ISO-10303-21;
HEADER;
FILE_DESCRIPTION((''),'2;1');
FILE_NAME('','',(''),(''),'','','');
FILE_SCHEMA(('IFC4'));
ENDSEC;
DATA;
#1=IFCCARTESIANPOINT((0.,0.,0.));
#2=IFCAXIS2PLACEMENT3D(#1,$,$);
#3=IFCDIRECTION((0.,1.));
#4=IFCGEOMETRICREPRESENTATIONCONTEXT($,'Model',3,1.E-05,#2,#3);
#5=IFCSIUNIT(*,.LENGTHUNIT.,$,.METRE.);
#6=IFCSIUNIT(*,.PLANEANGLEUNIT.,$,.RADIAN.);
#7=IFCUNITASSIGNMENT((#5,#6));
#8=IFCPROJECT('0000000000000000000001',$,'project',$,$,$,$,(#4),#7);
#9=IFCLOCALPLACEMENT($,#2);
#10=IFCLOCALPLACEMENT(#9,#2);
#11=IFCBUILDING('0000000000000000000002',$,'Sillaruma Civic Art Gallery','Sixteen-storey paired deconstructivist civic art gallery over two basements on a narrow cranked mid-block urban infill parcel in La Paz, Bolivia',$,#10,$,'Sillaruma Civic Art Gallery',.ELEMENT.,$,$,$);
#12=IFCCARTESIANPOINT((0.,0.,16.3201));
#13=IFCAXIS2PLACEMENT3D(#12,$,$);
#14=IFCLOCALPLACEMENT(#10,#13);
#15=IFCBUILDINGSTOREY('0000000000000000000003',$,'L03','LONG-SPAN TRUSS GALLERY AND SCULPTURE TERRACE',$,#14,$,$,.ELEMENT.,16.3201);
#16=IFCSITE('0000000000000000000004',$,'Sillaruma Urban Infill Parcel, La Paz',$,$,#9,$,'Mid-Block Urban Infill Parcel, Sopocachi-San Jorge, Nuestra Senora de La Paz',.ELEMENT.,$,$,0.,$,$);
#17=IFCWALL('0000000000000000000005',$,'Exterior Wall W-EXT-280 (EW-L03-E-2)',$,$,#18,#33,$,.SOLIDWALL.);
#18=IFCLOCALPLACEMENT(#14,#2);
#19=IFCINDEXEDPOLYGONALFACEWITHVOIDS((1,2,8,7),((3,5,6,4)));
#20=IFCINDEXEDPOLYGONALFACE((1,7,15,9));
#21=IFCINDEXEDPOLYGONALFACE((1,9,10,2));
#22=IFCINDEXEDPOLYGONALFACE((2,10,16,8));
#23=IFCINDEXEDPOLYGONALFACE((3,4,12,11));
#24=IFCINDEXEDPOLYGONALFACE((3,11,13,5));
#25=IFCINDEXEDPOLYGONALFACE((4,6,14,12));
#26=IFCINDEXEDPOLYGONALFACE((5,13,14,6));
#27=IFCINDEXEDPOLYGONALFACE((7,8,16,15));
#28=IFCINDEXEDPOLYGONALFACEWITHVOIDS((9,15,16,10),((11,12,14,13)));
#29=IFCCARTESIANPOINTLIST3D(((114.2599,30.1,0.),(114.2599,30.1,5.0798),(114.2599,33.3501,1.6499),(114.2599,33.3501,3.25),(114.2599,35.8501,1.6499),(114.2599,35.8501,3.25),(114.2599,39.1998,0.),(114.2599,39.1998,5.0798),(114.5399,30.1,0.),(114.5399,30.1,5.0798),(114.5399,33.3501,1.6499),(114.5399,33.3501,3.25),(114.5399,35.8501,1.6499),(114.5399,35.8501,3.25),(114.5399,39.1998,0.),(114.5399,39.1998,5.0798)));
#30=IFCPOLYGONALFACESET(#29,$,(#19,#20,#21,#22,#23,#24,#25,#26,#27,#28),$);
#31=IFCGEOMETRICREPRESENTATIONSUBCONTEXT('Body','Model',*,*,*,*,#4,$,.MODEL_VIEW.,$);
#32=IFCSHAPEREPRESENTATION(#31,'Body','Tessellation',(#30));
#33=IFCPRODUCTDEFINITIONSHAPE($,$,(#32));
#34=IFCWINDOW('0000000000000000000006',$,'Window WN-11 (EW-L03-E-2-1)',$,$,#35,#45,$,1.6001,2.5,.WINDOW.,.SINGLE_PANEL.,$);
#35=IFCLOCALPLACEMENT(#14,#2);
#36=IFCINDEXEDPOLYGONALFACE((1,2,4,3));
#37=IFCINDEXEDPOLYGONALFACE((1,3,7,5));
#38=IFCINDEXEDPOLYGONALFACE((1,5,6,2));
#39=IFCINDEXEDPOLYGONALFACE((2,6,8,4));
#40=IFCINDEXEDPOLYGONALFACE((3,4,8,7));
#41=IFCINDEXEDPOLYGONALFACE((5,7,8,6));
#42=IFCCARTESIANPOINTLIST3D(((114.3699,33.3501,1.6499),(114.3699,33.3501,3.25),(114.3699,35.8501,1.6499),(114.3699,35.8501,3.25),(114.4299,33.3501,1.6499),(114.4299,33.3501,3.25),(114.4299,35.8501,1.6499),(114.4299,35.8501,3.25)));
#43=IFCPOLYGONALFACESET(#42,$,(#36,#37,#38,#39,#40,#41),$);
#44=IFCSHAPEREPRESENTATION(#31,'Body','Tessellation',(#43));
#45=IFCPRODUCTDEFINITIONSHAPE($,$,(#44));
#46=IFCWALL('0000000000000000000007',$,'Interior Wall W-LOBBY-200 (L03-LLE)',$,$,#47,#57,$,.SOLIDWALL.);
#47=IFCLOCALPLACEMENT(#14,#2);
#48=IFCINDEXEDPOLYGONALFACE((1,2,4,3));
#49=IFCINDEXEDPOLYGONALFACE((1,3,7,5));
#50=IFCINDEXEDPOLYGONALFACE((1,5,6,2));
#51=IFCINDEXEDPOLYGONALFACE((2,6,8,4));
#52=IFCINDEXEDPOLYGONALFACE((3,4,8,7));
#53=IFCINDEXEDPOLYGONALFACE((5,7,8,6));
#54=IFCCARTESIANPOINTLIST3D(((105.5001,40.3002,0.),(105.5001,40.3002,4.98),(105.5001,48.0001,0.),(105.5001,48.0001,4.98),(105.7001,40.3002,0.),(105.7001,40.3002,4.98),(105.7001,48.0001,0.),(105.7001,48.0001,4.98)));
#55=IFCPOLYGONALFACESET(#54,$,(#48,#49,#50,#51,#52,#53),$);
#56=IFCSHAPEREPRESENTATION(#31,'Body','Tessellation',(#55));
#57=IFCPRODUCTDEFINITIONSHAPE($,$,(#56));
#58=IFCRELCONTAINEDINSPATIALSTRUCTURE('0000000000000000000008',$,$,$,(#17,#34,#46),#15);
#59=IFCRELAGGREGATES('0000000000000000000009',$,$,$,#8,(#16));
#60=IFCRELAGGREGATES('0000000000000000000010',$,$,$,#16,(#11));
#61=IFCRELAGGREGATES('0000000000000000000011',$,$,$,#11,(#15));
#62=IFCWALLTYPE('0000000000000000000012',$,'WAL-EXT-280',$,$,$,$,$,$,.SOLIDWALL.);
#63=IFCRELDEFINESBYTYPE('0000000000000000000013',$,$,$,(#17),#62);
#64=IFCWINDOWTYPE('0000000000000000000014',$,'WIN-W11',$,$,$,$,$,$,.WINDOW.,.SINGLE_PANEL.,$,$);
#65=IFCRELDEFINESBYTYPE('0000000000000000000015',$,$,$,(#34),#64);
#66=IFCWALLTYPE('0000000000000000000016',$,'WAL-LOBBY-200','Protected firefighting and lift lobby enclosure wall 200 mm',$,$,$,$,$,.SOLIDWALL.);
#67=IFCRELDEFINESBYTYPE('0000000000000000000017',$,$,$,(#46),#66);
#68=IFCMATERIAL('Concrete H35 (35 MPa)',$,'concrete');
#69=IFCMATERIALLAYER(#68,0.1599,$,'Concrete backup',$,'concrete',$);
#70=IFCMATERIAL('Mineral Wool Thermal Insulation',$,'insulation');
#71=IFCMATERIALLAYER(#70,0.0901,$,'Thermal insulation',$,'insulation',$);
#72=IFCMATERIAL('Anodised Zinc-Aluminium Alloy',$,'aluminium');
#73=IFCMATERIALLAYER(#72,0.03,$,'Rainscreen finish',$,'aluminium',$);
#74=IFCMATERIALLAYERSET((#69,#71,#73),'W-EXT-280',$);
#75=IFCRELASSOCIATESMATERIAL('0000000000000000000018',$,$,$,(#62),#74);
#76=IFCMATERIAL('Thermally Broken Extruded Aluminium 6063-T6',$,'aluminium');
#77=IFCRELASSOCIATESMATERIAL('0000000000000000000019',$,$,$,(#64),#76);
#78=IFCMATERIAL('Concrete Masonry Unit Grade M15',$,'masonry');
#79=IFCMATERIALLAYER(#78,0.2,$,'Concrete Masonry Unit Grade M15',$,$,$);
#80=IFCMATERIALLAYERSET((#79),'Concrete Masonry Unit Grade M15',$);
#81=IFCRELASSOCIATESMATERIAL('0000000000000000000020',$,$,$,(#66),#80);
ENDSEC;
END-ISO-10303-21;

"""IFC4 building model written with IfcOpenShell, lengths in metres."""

from ifc_helpers import new_model, si_unit, direction, frame, frame_2d, origin, place, context, subcontext, project, spatial, rectangle, extrude, material, layer, layer_set, type_object, element, fill, save


model = new_model("IFC4")

# Units and contexts
model_context = context("Model", 3, precision=1e-05, world=origin(), true_north=direction((0.0, 1.0)))
body_context = subcontext(model_context, "Body", "Model", "MODEL_VIEW")
ifc_project = project(units=[si_unit("LENGTHUNIT", "METRE"), si_unit("PLANEANGLEUNIT", "RADIAN")], contexts=[model_context])

# Site, building, storey
site_placement = place(None, origin())
site = spatial("IfcSite", under=ifc_project, at=site_placement, Name="Sillaruma Urban Infill Parcel, La Paz", LongName="Mid-Block Urban Infill Parcel, Sopocachi-San Jorge, Nuestra Senora de La Paz", CompositionType="ELEMENT", RefElevation=0.0)
building_placement = place(site_placement, origin())
building = spatial("IfcBuilding", under=site, at=building_placement, Name="Sillaruma Civic Art Gallery", Description="Sixteen-storey paired deconstructivist civic art gallery over two basements on a narrow cranked mid-block urban infill parcel in La Paz, Bolivia", LongName="Sillaruma Civic Art Gallery", CompositionType="ELEMENT")
storey_placement = place(building_placement, frame((0.0, 0.0, 16.3201)))
storey = spatial("IfcBuildingStorey", under=building, at=storey_placement, Name="L03", Description="LONG-SPAN TRUSS GALLERY AND SCULPTURE TERRACE", CompositionType="ELEMENT", Elevation=16.3201)

# Shared definitions
ifc_material_1 = material(Name="Concrete H35 (35 MPa)", Category="concrete")

# Shared definitions
ifc_material_2 = material(Name="Thermally Broken Extruded Aluminium 6063-T6", Category="aluminium")
ifc_material_3 = material(Name="Anodised Zinc-Aluminium Alloy", Category="aluminium")

# Wall, opening, window
ifc_layer_1 = layer(ifc_material_1, 0.1599, Name="Concrete backup", Category="concrete")
ifc_material_4 = material(Name="Mineral Wool Thermal Insulation", Category="insulation")
ifc_layer_2 = layer(ifc_material_4, 0.0901, Name="Thermal insulation", Category="insulation")
ifc_layer_3 = layer(ifc_material_3, 0.03, Name="Rainscreen finish", Category="aluminium")
ifc_layer_set_1 = layer_set([ifc_layer_1, ifc_layer_2, ifc_layer_3], Name="W-EXT-280")
wall_type_1 = type_object("IfcWallType", Name="WAL-EXT-280", PredefinedType="SOLIDWALL", material=ifc_layer_set_1)
wall_1_placement = place(storey_placement, frame((114.3999, 30.1001, 0.0), z_axis=(0.0, 0.0, 1.0), x_axis=(0.0, 1.0, 0.0)))
wall_1 = element("IfcWall", 1, at=wall_1_placement, inside=storey, type_object=wall_type_1, Name="Exterior Wall W-EXT-280 (EW-L03-E-2)", PredefinedType="SOLIDWALL", context=body_context, shape_type="SweptSolid", body=[
    extrude(rectangle(XDim=9.0999, YDim=0.28, at=frame_2d((4.5498, 0.0))), origin(), (0.0, 0.0, 1.0), 5.0798),
])
opening_placement = place(wall_1_placement, frame((3.25, 0.0, 1.6499)))
opening = element("IfcOpeningElement", 2, at=opening_placement, cuts=wall_1, PredefinedType="OPENING", context=body_context, shape_type="SweptSolid", body=[
    extrude(rectangle(XDim=2.5, YDim=1.6001, at=frame_2d((1.25, 0.8))), frame((0.0, 0.1499, 0.0), z_axis=(0.0, -1.0, 0.0), x_axis=(1.0, 0.0, 0.0)), (0.0, 0.0, 1.0), 0.3),
])
window_type = type_object("IfcWindowType", Name="WIN-W11", PartitioningType="SINGLE_PANEL", PredefinedType="WINDOW", material=ifc_material_2)
window_placement = place(opening_placement, origin())
window = element("IfcWindow", 3, at=window_placement, inside=storey, type_object=window_type, Name="Window WN-11 (EW-L03-E-2-1)", OverallHeight=1.6001, OverallWidth=2.5, PartitioningType="SINGLE_PANEL", PredefinedType="WINDOW", context=body_context, shape_type="SweptSolid", body=[
    extrude(rectangle(XDim=2.5, YDim=1.6001, at=frame_2d((1.25, 0.8))), frame((0.0, 0.03, 0.0), z_axis=(0.0, -1.0, 0.0), x_axis=(1.0, 0.0, 0.0)), (0.0, 0.0, 1.0), 0.0601),
])
fill(opening, window)

# Wall
ifc_material_5 = material(Name="Concrete Masonry Unit Grade M15", Category="masonry")
ifc_layer_4 = layer(ifc_material_5, 0.2, Name="Concrete Masonry Unit Grade M15")
ifc_layer_set_2 = layer_set([ifc_layer_4], Name="Concrete Masonry Unit Grade M15")
wall_type_2 = type_object("IfcWallType", Name="WAL-LOBBY-200", Description="Protected firefighting and lift lobby enclosure wall 200 mm", PredefinedType="SOLIDWALL", material=ifc_layer_set_2)
wall_2_placement = place(storey_placement, frame((105.6001, 40.3, 0.0), z_axis=(0.0, 0.0, 1.0), x_axis=(0.0, 1.0, 0.0)))
element("IfcWall", 4, at=wall_2_placement, inside=storey, type_object=wall_type_2, Name="Interior Wall W-LOBBY-200 (L03-LLE)", PredefinedType="SOLIDWALL", context=body_context, shape_type="SweptSolid", body=[
    extrude(rectangle(XDim=7.7, YDim=0.2, at=frame_2d((3.8501, 0.0))), origin(), (0.0, 0.0, 1.0), 4.98),
])

save(model, "model.ifc")
